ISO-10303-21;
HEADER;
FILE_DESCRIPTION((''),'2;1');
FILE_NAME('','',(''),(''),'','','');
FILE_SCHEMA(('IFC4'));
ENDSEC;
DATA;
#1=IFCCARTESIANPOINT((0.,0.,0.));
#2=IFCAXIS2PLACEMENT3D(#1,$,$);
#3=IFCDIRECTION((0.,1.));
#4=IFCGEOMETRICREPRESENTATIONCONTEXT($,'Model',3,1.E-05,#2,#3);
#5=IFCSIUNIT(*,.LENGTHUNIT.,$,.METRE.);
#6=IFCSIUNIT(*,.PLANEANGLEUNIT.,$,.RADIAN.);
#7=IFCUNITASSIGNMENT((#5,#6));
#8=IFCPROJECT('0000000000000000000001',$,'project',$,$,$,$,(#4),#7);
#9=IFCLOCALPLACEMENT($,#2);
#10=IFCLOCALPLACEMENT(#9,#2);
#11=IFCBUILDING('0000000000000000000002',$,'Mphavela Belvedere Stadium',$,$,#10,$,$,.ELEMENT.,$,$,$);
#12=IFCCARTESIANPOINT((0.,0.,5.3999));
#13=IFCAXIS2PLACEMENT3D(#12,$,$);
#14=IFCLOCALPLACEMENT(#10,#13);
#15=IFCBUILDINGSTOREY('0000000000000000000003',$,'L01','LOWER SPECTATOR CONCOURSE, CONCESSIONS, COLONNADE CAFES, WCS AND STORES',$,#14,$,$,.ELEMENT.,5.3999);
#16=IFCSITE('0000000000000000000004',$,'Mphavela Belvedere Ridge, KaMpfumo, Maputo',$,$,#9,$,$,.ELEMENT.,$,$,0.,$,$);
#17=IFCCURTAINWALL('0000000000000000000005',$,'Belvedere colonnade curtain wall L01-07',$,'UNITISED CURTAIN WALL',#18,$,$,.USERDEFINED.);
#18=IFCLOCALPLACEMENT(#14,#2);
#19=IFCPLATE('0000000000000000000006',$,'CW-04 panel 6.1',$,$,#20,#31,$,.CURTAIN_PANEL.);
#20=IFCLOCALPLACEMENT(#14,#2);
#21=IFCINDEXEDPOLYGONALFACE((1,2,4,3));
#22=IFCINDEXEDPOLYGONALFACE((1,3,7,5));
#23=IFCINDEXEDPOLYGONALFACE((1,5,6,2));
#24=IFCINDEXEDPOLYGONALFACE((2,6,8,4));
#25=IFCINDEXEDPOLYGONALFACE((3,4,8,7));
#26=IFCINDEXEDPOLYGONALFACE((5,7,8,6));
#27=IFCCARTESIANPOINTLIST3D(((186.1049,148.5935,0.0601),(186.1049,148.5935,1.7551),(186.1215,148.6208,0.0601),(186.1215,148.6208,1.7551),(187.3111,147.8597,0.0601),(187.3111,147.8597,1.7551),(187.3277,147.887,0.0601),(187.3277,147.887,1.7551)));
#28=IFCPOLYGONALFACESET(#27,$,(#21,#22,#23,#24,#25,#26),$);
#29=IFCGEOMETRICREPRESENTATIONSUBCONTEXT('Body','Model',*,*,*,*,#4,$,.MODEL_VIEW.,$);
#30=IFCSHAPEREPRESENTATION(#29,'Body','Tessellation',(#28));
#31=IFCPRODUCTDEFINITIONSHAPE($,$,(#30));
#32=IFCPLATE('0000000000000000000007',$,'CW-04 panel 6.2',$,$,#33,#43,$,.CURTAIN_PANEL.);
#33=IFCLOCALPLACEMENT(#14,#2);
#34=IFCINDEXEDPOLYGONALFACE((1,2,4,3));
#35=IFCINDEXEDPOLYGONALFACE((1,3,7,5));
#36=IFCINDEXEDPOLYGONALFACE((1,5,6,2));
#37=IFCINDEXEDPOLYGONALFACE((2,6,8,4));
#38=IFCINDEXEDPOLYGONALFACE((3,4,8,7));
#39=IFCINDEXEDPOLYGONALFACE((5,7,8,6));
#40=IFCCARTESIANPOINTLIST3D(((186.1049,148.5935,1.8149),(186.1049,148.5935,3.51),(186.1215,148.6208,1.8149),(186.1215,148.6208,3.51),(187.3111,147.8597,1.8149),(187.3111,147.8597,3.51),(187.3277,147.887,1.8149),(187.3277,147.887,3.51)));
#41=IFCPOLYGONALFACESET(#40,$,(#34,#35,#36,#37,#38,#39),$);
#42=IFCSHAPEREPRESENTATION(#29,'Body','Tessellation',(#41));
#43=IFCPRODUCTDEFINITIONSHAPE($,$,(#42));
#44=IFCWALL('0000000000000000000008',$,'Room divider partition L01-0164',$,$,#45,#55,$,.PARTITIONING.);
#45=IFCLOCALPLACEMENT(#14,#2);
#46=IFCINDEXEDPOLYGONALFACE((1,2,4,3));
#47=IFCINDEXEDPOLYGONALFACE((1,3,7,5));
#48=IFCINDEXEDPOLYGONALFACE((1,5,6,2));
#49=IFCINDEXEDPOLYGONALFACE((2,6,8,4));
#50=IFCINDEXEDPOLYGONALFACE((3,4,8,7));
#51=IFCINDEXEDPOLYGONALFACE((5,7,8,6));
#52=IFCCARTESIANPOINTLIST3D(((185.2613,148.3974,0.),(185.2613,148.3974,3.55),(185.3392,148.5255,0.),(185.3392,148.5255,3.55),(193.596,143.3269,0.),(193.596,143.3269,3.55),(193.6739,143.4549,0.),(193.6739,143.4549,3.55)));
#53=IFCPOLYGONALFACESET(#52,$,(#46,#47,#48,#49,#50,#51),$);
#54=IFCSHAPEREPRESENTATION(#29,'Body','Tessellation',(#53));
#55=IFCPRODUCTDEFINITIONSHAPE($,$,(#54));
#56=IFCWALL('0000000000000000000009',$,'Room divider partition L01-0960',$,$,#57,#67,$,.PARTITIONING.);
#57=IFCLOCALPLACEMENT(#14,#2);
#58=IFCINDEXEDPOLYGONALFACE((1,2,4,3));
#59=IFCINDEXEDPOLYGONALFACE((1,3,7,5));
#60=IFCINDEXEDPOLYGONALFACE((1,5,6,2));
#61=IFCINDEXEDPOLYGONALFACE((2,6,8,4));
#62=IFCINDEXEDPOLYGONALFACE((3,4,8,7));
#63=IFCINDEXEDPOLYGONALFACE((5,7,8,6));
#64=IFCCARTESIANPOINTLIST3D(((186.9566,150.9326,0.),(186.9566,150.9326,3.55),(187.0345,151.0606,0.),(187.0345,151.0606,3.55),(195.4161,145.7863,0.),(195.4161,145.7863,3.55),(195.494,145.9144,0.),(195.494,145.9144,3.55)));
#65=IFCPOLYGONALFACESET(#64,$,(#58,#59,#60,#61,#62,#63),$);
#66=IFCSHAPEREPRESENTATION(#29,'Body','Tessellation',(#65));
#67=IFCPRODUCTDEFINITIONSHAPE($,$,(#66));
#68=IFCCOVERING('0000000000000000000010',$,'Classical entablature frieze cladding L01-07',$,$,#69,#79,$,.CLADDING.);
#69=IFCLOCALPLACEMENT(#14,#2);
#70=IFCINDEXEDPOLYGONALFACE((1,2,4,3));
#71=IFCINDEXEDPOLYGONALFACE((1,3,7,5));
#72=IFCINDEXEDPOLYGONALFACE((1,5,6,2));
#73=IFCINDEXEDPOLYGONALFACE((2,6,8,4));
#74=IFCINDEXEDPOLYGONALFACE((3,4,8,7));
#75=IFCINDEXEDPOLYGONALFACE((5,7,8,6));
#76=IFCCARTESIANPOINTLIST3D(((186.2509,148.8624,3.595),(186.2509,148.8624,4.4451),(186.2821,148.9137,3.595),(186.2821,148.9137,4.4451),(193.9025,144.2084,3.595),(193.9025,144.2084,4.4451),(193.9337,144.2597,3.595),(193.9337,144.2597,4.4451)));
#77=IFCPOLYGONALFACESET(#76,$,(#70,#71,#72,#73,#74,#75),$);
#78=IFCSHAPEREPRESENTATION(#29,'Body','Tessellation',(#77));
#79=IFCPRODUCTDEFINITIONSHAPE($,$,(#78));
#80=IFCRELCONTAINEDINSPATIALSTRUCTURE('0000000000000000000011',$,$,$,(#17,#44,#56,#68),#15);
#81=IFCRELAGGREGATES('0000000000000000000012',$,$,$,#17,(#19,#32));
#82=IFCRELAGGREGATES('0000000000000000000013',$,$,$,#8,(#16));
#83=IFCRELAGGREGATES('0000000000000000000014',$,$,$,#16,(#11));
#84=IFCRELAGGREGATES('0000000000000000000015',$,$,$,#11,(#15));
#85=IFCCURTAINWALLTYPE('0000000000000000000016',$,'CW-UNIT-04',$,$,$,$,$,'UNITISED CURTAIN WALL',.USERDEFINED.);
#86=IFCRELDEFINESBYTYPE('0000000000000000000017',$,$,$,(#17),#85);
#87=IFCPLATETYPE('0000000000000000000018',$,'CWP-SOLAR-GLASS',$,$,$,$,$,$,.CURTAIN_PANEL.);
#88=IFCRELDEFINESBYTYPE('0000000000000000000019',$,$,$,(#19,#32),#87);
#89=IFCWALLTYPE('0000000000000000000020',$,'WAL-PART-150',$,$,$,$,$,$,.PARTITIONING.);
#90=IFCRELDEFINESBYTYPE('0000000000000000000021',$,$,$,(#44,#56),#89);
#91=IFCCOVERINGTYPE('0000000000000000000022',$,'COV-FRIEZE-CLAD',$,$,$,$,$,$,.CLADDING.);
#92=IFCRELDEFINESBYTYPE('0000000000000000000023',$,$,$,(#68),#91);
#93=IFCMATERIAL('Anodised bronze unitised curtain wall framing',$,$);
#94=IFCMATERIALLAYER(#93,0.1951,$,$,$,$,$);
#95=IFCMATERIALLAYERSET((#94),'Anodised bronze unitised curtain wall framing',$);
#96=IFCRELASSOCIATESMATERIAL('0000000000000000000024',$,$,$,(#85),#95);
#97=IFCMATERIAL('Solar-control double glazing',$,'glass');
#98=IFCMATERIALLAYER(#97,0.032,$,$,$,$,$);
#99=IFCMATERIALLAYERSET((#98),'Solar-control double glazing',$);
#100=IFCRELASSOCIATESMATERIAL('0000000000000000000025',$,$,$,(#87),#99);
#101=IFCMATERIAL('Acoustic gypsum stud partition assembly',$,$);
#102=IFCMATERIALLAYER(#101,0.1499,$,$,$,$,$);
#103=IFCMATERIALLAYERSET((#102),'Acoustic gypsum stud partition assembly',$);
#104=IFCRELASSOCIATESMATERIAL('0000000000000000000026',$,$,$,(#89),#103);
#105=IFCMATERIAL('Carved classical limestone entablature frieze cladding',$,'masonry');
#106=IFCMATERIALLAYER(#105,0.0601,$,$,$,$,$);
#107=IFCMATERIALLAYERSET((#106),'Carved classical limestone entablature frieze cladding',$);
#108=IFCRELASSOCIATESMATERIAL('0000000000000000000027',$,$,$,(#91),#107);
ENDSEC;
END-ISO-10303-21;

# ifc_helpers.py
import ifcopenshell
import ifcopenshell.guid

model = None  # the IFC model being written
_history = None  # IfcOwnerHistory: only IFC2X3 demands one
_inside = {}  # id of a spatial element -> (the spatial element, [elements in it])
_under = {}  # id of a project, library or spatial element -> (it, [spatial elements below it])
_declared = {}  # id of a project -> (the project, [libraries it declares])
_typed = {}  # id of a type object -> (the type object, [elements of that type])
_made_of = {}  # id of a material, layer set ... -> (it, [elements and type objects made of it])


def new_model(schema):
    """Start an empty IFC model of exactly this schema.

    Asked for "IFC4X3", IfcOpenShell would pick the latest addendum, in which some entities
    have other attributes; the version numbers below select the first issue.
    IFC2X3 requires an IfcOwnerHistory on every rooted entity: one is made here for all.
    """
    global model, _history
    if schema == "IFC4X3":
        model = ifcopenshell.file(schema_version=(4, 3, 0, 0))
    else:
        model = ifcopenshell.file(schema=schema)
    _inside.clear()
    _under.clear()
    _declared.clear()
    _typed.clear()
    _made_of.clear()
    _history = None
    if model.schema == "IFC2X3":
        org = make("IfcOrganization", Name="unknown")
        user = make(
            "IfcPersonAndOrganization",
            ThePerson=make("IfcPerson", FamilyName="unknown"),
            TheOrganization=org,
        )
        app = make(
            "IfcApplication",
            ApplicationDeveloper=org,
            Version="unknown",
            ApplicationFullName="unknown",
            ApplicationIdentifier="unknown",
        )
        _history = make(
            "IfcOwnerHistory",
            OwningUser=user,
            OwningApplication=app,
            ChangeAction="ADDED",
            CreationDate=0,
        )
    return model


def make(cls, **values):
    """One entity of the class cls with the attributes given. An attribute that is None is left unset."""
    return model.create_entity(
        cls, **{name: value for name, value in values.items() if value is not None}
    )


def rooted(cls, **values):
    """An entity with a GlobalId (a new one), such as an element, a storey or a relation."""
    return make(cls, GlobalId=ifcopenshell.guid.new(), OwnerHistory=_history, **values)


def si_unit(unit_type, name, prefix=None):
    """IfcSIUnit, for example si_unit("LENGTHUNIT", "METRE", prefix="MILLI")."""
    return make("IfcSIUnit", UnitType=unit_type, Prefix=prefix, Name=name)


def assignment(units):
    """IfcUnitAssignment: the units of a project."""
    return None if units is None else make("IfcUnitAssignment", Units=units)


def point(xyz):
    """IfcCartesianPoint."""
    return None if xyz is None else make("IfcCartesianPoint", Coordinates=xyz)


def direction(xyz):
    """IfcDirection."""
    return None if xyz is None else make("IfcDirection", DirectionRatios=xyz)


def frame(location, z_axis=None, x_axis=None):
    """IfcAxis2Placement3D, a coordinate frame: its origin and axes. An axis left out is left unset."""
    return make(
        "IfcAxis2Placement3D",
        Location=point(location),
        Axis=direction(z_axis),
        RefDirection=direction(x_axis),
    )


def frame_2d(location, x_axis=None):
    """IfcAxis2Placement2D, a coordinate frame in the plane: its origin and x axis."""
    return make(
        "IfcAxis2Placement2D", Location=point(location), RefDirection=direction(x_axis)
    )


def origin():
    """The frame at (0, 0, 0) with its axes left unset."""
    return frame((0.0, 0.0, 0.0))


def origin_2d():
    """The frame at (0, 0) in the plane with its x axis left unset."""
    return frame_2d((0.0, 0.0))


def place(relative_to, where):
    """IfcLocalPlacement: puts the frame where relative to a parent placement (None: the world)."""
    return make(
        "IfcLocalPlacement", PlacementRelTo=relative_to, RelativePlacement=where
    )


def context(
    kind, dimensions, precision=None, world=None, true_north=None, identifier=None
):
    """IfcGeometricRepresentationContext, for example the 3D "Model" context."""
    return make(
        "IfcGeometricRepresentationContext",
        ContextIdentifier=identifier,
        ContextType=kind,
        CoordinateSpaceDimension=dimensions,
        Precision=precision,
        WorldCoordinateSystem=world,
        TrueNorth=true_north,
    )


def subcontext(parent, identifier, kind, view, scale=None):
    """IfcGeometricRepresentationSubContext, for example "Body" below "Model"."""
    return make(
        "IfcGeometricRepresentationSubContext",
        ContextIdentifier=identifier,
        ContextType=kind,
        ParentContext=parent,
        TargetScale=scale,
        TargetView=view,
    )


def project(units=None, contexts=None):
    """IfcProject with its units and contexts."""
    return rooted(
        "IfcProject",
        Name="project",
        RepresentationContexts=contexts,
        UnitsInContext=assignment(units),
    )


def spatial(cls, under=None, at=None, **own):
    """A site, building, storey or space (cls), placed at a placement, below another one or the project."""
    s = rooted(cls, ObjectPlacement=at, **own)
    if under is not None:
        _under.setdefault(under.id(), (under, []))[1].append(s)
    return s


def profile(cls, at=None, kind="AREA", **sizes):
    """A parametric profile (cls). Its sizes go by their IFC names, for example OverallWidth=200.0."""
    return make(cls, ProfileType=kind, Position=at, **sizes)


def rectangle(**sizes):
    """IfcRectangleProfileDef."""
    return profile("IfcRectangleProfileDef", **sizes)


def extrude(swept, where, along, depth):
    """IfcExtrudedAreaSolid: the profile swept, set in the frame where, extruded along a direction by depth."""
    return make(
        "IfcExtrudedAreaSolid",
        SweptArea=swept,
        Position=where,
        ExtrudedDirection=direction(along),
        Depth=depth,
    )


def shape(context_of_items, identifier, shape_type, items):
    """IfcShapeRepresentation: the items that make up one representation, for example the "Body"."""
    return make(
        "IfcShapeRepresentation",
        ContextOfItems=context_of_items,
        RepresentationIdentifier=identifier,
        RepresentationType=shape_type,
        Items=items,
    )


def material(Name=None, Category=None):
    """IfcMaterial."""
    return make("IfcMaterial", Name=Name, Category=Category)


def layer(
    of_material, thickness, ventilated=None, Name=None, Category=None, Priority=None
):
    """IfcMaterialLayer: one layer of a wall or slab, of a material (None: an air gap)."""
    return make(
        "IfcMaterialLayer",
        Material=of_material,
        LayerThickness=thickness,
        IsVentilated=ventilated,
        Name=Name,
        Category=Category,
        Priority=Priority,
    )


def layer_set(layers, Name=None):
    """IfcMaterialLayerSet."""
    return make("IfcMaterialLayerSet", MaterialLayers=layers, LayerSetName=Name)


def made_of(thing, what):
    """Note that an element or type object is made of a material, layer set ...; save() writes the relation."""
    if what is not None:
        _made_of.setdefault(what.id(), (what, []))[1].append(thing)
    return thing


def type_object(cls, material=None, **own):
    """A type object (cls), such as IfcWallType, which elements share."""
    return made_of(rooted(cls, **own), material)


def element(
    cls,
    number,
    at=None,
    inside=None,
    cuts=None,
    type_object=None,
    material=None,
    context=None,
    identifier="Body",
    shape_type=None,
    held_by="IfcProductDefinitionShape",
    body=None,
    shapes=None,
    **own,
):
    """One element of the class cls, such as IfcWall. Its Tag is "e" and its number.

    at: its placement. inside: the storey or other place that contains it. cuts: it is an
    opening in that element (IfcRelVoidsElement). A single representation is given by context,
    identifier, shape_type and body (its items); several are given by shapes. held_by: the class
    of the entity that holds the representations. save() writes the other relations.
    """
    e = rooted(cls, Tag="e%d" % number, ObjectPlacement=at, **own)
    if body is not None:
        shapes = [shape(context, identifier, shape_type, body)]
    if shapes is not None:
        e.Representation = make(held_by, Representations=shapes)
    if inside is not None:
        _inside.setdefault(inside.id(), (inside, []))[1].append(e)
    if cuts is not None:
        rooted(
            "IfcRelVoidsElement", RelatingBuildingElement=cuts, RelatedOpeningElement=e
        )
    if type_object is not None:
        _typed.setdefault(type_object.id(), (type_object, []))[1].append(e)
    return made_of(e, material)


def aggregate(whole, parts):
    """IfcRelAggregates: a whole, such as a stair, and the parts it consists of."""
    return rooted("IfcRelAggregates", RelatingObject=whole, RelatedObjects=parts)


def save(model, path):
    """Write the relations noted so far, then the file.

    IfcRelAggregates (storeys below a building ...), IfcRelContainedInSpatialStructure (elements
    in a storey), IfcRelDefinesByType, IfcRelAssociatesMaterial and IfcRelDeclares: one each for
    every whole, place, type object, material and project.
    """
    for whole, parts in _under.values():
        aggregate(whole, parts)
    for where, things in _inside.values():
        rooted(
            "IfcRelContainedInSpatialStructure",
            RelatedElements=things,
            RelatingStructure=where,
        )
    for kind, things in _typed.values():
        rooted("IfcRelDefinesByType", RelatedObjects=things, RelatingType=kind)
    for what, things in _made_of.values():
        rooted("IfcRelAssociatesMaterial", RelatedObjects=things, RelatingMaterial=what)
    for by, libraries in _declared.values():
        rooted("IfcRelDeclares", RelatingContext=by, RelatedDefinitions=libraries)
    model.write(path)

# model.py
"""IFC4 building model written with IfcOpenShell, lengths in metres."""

from ifc_helpers import new_model, si_unit, direction, frame, frame_2d, origin, origin_2d, place, context, subcontext, project, spatial, rectangle, extrude, material, layer, layer_set, type_object, element, aggregate, save


model = new_model("IFC4")

# Units and contexts
model_context = context("Model", 3, precision=1e-05, world=origin(), true_north=direction((0.0, 1.0)))
body_context = subcontext(model_context, "Body", "Model", "MODEL_VIEW")
ifc_project = project(units=[si_unit("LENGTHUNIT", "METRE"), si_unit("PLANEANGLEUNIT", "RADIAN")], contexts=[model_context])

# Site, building, storey
site_placement = place(None, origin())
site = spatial("IfcSite", under=ifc_project, at=site_placement, Name="Mphavela Belvedere Ridge, KaMpfumo, Maputo", CompositionType="ELEMENT", RefElevation=0.0)
building_placement = place(site_placement, origin())
building = spatial("IfcBuilding", under=site, at=building_placement, Name="Mphavela Belvedere Stadium", CompositionType="ELEMENT")
storey_placement = place(building_placement, frame((0.0, 0.0, 5.3999)))
storey = spatial("IfcBuildingStorey", under=building, at=storey_placement, Name="L01", Description="LOWER SPECTATOR CONCOURSE, CONCESSIONS, COLONNADE CAFES, WCS AND STORES", CompositionType="ELEMENT", Elevation=5.3999)

# Curtain wall, plates
ifc_material_1 = material(Name="Anodised bronze unitised curtain wall framing")
ifc_layer_1 = layer(ifc_material_1, 0.1951)
ifc_layer_set_1 = layer_set([ifc_layer_1], Name="Anodised bronze unitised curtain wall framing")
curtain_wall_type = type_object("IfcCurtainWallType", Name="CW-UNIT-04", ElementType="UNITISED CURTAIN WALL", PredefinedType="USERDEFINED", material=ifc_layer_set_1)
curtain_wall_placement = place(storey_placement, origin())
curtain_wall = element("IfcCurtainWall", 1, at=curtain_wall_placement, inside=storey, type_object=curtain_wall_type, Name="Belvedere colonnade curtain wall L01-07", ObjectType="UNITISED CURTAIN WALL", PredefinedType="USERDEFINED")
ifc_material_2 = material(Name="Solar-control double glazing", Category="glass")
ifc_layer_2 = layer(ifc_material_2, 0.032)
ifc_layer_set_2 = layer_set([ifc_layer_2], Name="Solar-control double glazing")
plate_type = type_object("IfcPlateType", Name="CWP-SOLAR-GLASS", PredefinedType="CURTAIN_PANEL", material=ifc_layer_set_2)
plate_1_placement = place(storey_placement, frame((186.7163, 148.2402, 0.0601), z_axis=(0.0, 0.0, 1.0), x_axis=(-0.854328, 0.519735, 0.0)))
plate_1 = element("IfcPlate", 2, at=plate_1_placement, type_object=plate_type, Name="CW-04 panel 6.1", PredefinedType="CURTAIN_PANEL", context=body_context, shape_type="SweptSolid", body=[
    extrude(rectangle(XDim=1.4119, YDim=0.032, at=origin_2d()), origin(), (0.0, 0.0, 1.0), 1.6951),
])
plate_2_placement = place(storey_placement, frame((186.7163, 148.2402, 1.8149), z_axis=(0.0, 0.0, 1.0), x_axis=(-0.854328, 0.519735, 0.0)))
plate_2 = element("IfcPlate", 3, at=plate_2_placement, type_object=plate_type, Name="CW-04 panel 6.2", PredefinedType="CURTAIN_PANEL", context=body_context, shape_type="SweptSolid", body=[
    extrude(rectangle(XDim=1.4119, YDim=0.032, at=origin_2d()), origin(), (0.0, 0.0, 1.0), 1.6951),
])
aggregate(curtain_wall, [plate_1, plate_2])

# Walls
ifc_material_3 = material(Name="Acoustic gypsum stud partition assembly")
ifc_layer_3 = layer(ifc_material_3, 0.1499)
ifc_layer_set_3 = layer_set([ifc_layer_3], Name="Acoustic gypsum stud partition assembly")
wall_type = type_object("IfcWallType", Name="WAL-PART-150", PredefinedType="PARTITIONING", material=ifc_layer_set_3)
wall_1_placement = place(storey_placement, frame((185.3003, 148.4614, 0.0), z_axis=(0.0, 0.0, 1.0), x_axis=(0.854324, -0.519741, 0.0)))
element("IfcWall", 4, at=wall_1_placement, inside=storey, type_object=wall_type, Name="Room divider partition L01-0164", PredefinedType="PARTITIONING", context=body_context, shape_type="SweptSolid", body=[
    extrude(rectangle(XDim=9.7559, YDim=0.1499, at=frame_2d((4.8779, 0.0))), origin(), (0.0, 0.0, 1.0), 3.55),
])
wall_2_placement = place(storey_placement, frame((195.4551, 145.8503, 0.0), z_axis=(0.0, 0.0, 1.0), x_axis=(-0.854333, 0.519726, 0.0)))
element("IfcWall", 5, at=wall_2_placement, inside=storey, type_object=wall_type, Name="Room divider partition L01-0960", PredefinedType="PARTITIONING", context=body_context, shape_type="SweptSolid", body=[
    extrude(rectangle(XDim=9.9019, YDim=0.1499, at=frame_2d((4.9509, 0.0))), origin(), (0.0, 0.0, 1.0), 3.55),
])

# Covering
ifc_material_4 = material(Name="Carved classical limestone entablature frieze cladding", Category="masonry")
ifc_layer_4 = layer(ifc_material_4, 0.0601)
ifc_layer_set_4 = layer_set([ifc_layer_4], Name="Carved classical limestone entablature frieze cladding")
covering_type = type_object("IfcCoveringType", Name="COV-FRIEZE-CLAD", PredefinedType="CLADDING", material=ifc_layer_set_4)
covering_placement = place(storey_placement, frame((190.0923, 146.561, 3.595), z_axis=(0.0, 0.0, 1.0), x_axis=(-0.854368, 0.519668, 0.0)))
element("IfcCovering", 6, at=covering_placement, inside=storey, type_object=covering_type, Name="Classical entablature frieze cladding L01-07", PredefinedType="CLADDING", context=body_context, shape_type="SweptSolid", body=[
    extrude(rectangle(XDim=8.9558, YDim=0.0601, at=origin_2d()), origin(), (0.0, 0.0, 1.0), 0.8501),
])

save(model, "model.ifc")
